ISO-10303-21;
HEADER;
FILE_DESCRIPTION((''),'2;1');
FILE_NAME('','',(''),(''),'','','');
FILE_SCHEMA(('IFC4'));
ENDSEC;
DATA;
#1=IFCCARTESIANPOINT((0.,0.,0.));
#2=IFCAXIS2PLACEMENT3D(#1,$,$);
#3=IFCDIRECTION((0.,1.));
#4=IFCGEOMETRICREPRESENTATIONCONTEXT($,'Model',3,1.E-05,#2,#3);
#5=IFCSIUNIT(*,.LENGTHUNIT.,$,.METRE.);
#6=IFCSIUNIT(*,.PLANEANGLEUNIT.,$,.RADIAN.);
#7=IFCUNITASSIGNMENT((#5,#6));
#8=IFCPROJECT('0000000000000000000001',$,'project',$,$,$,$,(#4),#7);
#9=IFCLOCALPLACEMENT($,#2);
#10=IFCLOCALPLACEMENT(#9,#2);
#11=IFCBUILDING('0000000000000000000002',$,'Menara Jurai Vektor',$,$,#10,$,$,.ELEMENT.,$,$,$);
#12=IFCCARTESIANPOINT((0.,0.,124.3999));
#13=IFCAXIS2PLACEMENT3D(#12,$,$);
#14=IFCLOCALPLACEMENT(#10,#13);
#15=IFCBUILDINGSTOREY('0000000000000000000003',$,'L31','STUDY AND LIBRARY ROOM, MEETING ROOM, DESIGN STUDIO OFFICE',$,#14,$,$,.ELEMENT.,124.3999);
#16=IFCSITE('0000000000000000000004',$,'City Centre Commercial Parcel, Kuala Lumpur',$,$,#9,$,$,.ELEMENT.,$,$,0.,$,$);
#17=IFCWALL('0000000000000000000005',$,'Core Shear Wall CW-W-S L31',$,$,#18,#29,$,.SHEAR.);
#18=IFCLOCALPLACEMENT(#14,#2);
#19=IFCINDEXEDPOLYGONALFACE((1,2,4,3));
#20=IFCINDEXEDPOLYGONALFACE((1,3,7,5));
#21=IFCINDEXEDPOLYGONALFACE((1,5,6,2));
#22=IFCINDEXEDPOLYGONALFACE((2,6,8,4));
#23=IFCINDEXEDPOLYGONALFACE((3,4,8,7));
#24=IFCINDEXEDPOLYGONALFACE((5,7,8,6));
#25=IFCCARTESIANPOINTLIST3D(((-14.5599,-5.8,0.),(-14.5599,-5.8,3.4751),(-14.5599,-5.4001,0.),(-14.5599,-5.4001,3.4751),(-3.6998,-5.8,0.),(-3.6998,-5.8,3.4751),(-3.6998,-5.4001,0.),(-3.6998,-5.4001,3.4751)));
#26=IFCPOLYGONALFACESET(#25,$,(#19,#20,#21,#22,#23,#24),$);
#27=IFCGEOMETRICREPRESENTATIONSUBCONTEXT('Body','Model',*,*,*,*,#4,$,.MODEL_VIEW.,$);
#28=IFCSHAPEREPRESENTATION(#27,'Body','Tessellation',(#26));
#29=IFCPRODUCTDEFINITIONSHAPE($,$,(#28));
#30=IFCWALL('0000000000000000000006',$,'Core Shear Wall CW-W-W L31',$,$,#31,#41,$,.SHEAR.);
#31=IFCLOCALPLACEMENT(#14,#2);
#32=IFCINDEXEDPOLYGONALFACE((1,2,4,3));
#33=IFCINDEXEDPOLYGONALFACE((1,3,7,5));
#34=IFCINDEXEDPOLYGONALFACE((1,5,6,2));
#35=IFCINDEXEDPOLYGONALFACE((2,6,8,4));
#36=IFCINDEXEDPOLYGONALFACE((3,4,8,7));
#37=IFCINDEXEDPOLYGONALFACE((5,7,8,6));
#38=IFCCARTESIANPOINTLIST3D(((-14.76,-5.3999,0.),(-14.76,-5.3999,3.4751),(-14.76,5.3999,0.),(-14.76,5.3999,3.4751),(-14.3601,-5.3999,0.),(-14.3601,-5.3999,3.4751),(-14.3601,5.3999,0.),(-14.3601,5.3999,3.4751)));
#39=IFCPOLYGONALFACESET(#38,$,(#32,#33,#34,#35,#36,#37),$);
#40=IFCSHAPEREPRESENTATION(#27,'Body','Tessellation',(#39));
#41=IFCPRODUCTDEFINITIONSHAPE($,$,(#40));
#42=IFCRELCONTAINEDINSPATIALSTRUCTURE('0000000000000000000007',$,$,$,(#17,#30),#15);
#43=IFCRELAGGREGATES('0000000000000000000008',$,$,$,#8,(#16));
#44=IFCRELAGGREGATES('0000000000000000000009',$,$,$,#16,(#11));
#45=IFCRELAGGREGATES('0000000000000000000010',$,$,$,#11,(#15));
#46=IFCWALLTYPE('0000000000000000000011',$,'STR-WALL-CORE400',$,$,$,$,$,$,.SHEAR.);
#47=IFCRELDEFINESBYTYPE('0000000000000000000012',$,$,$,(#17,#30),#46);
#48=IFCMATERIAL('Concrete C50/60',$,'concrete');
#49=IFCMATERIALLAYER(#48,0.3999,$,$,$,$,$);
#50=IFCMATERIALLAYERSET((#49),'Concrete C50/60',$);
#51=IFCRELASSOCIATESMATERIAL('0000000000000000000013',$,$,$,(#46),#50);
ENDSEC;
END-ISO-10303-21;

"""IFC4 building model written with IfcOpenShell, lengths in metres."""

from ifc_helpers import new_model, si_unit, direction, frame, frame_2d, origin, place, context, subcontext, project, spatial, rectangle, extrude, material, layer, layer_set, type_object, element, save


model = new_model("IFC4")

# Units and contexts
model_context = context("Model", 3, precision=1e-05, world=origin(), true_north=direction((0.0, 1.0)))
body_context = subcontext(model_context, "Body", "Model", "MODEL_VIEW")
ifc_project = project(units=[si_unit("LENGTHUNIT", "METRE"), si_unit("PLANEANGLEUNIT", "RADIAN")], contexts=[model_context])

# Site, building, storey
site_placement = place(None, origin())
site = spatial("IfcSite", under=ifc_project, at=site_placement, Name="City Centre Commercial Parcel, Kuala Lumpur", CompositionType="ELEMENT", RefElevation=0.0)
building_placement = place(site_placement, origin())
building = spatial("IfcBuilding", under=site, at=building_placement, Name="Menara Jurai Vektor", CompositionType="ELEMENT")
storey_placement = place(building_placement, frame((0.0, 0.0, 124.3999)))
storey = spatial("IfcBuildingStorey", under=building, at=storey_placement, Name="L31", Description="STUDY AND LIBRARY ROOM, MEETING ROOM, DESIGN STUDIO OFFICE", CompositionType="ELEMENT", Elevation=124.3999)

# Shared definitions
ifc_material_1 = material(Name="Concrete C50/60", Category="concrete")

# Walls
ifc_layer_1 = layer(ifc_material_1, 0.3999)
ifc_layer_set_1 = layer_set([ifc_layer_1], Name="Concrete C50/60")
wall_type_1 = type_object("IfcWallType", Name="STR-WALL-CORE400", PredefinedType="SHEAR", material=ifc_layer_set_1)
wall_1_placement = place(storey_placement, frame((-14.5601, -5.6001, 0.0), z_axis=(0.0, 0.0, 1.0), x_axis=(1.0, 0.0, 0.0)))
element("IfcWall", 1, at=wall_1_placement, inside=storey, type_object=wall_type_1, Name="Core Shear Wall CW-W-S L31", PredefinedType="SHEAR", context=body_context, shape_type="SweptSolid", body=[
    extrude(rectangle(XDim=10.8601, YDim=0.3999, at=frame_2d((5.4302, 0.0))), origin(), (0.0, 0.0, 1.0), 3.4751),
])
wall_2_placement = place(storey_placement, frame((-14.5601, -5.3999, 0.0), z_axis=(0.0, 0.0, 1.0), x_axis=(0.0, 1.0, 0.0)))
element("IfcWall", 2, at=wall_2_placement, inside=storey, type_object=wall_type_1, Name="Core Shear Wall CW-W-W L31", PredefinedType="SHEAR", context=body_context, shape_type="SweptSolid", body=[
    extrude(rectangle(XDim=10.7998, YDim=0.3999, at=frame_2d((5.3999, 0.0))), origin(), (0.0, 0.0, 1.0), 3.4751),
])

save(model, "model.ifc")
